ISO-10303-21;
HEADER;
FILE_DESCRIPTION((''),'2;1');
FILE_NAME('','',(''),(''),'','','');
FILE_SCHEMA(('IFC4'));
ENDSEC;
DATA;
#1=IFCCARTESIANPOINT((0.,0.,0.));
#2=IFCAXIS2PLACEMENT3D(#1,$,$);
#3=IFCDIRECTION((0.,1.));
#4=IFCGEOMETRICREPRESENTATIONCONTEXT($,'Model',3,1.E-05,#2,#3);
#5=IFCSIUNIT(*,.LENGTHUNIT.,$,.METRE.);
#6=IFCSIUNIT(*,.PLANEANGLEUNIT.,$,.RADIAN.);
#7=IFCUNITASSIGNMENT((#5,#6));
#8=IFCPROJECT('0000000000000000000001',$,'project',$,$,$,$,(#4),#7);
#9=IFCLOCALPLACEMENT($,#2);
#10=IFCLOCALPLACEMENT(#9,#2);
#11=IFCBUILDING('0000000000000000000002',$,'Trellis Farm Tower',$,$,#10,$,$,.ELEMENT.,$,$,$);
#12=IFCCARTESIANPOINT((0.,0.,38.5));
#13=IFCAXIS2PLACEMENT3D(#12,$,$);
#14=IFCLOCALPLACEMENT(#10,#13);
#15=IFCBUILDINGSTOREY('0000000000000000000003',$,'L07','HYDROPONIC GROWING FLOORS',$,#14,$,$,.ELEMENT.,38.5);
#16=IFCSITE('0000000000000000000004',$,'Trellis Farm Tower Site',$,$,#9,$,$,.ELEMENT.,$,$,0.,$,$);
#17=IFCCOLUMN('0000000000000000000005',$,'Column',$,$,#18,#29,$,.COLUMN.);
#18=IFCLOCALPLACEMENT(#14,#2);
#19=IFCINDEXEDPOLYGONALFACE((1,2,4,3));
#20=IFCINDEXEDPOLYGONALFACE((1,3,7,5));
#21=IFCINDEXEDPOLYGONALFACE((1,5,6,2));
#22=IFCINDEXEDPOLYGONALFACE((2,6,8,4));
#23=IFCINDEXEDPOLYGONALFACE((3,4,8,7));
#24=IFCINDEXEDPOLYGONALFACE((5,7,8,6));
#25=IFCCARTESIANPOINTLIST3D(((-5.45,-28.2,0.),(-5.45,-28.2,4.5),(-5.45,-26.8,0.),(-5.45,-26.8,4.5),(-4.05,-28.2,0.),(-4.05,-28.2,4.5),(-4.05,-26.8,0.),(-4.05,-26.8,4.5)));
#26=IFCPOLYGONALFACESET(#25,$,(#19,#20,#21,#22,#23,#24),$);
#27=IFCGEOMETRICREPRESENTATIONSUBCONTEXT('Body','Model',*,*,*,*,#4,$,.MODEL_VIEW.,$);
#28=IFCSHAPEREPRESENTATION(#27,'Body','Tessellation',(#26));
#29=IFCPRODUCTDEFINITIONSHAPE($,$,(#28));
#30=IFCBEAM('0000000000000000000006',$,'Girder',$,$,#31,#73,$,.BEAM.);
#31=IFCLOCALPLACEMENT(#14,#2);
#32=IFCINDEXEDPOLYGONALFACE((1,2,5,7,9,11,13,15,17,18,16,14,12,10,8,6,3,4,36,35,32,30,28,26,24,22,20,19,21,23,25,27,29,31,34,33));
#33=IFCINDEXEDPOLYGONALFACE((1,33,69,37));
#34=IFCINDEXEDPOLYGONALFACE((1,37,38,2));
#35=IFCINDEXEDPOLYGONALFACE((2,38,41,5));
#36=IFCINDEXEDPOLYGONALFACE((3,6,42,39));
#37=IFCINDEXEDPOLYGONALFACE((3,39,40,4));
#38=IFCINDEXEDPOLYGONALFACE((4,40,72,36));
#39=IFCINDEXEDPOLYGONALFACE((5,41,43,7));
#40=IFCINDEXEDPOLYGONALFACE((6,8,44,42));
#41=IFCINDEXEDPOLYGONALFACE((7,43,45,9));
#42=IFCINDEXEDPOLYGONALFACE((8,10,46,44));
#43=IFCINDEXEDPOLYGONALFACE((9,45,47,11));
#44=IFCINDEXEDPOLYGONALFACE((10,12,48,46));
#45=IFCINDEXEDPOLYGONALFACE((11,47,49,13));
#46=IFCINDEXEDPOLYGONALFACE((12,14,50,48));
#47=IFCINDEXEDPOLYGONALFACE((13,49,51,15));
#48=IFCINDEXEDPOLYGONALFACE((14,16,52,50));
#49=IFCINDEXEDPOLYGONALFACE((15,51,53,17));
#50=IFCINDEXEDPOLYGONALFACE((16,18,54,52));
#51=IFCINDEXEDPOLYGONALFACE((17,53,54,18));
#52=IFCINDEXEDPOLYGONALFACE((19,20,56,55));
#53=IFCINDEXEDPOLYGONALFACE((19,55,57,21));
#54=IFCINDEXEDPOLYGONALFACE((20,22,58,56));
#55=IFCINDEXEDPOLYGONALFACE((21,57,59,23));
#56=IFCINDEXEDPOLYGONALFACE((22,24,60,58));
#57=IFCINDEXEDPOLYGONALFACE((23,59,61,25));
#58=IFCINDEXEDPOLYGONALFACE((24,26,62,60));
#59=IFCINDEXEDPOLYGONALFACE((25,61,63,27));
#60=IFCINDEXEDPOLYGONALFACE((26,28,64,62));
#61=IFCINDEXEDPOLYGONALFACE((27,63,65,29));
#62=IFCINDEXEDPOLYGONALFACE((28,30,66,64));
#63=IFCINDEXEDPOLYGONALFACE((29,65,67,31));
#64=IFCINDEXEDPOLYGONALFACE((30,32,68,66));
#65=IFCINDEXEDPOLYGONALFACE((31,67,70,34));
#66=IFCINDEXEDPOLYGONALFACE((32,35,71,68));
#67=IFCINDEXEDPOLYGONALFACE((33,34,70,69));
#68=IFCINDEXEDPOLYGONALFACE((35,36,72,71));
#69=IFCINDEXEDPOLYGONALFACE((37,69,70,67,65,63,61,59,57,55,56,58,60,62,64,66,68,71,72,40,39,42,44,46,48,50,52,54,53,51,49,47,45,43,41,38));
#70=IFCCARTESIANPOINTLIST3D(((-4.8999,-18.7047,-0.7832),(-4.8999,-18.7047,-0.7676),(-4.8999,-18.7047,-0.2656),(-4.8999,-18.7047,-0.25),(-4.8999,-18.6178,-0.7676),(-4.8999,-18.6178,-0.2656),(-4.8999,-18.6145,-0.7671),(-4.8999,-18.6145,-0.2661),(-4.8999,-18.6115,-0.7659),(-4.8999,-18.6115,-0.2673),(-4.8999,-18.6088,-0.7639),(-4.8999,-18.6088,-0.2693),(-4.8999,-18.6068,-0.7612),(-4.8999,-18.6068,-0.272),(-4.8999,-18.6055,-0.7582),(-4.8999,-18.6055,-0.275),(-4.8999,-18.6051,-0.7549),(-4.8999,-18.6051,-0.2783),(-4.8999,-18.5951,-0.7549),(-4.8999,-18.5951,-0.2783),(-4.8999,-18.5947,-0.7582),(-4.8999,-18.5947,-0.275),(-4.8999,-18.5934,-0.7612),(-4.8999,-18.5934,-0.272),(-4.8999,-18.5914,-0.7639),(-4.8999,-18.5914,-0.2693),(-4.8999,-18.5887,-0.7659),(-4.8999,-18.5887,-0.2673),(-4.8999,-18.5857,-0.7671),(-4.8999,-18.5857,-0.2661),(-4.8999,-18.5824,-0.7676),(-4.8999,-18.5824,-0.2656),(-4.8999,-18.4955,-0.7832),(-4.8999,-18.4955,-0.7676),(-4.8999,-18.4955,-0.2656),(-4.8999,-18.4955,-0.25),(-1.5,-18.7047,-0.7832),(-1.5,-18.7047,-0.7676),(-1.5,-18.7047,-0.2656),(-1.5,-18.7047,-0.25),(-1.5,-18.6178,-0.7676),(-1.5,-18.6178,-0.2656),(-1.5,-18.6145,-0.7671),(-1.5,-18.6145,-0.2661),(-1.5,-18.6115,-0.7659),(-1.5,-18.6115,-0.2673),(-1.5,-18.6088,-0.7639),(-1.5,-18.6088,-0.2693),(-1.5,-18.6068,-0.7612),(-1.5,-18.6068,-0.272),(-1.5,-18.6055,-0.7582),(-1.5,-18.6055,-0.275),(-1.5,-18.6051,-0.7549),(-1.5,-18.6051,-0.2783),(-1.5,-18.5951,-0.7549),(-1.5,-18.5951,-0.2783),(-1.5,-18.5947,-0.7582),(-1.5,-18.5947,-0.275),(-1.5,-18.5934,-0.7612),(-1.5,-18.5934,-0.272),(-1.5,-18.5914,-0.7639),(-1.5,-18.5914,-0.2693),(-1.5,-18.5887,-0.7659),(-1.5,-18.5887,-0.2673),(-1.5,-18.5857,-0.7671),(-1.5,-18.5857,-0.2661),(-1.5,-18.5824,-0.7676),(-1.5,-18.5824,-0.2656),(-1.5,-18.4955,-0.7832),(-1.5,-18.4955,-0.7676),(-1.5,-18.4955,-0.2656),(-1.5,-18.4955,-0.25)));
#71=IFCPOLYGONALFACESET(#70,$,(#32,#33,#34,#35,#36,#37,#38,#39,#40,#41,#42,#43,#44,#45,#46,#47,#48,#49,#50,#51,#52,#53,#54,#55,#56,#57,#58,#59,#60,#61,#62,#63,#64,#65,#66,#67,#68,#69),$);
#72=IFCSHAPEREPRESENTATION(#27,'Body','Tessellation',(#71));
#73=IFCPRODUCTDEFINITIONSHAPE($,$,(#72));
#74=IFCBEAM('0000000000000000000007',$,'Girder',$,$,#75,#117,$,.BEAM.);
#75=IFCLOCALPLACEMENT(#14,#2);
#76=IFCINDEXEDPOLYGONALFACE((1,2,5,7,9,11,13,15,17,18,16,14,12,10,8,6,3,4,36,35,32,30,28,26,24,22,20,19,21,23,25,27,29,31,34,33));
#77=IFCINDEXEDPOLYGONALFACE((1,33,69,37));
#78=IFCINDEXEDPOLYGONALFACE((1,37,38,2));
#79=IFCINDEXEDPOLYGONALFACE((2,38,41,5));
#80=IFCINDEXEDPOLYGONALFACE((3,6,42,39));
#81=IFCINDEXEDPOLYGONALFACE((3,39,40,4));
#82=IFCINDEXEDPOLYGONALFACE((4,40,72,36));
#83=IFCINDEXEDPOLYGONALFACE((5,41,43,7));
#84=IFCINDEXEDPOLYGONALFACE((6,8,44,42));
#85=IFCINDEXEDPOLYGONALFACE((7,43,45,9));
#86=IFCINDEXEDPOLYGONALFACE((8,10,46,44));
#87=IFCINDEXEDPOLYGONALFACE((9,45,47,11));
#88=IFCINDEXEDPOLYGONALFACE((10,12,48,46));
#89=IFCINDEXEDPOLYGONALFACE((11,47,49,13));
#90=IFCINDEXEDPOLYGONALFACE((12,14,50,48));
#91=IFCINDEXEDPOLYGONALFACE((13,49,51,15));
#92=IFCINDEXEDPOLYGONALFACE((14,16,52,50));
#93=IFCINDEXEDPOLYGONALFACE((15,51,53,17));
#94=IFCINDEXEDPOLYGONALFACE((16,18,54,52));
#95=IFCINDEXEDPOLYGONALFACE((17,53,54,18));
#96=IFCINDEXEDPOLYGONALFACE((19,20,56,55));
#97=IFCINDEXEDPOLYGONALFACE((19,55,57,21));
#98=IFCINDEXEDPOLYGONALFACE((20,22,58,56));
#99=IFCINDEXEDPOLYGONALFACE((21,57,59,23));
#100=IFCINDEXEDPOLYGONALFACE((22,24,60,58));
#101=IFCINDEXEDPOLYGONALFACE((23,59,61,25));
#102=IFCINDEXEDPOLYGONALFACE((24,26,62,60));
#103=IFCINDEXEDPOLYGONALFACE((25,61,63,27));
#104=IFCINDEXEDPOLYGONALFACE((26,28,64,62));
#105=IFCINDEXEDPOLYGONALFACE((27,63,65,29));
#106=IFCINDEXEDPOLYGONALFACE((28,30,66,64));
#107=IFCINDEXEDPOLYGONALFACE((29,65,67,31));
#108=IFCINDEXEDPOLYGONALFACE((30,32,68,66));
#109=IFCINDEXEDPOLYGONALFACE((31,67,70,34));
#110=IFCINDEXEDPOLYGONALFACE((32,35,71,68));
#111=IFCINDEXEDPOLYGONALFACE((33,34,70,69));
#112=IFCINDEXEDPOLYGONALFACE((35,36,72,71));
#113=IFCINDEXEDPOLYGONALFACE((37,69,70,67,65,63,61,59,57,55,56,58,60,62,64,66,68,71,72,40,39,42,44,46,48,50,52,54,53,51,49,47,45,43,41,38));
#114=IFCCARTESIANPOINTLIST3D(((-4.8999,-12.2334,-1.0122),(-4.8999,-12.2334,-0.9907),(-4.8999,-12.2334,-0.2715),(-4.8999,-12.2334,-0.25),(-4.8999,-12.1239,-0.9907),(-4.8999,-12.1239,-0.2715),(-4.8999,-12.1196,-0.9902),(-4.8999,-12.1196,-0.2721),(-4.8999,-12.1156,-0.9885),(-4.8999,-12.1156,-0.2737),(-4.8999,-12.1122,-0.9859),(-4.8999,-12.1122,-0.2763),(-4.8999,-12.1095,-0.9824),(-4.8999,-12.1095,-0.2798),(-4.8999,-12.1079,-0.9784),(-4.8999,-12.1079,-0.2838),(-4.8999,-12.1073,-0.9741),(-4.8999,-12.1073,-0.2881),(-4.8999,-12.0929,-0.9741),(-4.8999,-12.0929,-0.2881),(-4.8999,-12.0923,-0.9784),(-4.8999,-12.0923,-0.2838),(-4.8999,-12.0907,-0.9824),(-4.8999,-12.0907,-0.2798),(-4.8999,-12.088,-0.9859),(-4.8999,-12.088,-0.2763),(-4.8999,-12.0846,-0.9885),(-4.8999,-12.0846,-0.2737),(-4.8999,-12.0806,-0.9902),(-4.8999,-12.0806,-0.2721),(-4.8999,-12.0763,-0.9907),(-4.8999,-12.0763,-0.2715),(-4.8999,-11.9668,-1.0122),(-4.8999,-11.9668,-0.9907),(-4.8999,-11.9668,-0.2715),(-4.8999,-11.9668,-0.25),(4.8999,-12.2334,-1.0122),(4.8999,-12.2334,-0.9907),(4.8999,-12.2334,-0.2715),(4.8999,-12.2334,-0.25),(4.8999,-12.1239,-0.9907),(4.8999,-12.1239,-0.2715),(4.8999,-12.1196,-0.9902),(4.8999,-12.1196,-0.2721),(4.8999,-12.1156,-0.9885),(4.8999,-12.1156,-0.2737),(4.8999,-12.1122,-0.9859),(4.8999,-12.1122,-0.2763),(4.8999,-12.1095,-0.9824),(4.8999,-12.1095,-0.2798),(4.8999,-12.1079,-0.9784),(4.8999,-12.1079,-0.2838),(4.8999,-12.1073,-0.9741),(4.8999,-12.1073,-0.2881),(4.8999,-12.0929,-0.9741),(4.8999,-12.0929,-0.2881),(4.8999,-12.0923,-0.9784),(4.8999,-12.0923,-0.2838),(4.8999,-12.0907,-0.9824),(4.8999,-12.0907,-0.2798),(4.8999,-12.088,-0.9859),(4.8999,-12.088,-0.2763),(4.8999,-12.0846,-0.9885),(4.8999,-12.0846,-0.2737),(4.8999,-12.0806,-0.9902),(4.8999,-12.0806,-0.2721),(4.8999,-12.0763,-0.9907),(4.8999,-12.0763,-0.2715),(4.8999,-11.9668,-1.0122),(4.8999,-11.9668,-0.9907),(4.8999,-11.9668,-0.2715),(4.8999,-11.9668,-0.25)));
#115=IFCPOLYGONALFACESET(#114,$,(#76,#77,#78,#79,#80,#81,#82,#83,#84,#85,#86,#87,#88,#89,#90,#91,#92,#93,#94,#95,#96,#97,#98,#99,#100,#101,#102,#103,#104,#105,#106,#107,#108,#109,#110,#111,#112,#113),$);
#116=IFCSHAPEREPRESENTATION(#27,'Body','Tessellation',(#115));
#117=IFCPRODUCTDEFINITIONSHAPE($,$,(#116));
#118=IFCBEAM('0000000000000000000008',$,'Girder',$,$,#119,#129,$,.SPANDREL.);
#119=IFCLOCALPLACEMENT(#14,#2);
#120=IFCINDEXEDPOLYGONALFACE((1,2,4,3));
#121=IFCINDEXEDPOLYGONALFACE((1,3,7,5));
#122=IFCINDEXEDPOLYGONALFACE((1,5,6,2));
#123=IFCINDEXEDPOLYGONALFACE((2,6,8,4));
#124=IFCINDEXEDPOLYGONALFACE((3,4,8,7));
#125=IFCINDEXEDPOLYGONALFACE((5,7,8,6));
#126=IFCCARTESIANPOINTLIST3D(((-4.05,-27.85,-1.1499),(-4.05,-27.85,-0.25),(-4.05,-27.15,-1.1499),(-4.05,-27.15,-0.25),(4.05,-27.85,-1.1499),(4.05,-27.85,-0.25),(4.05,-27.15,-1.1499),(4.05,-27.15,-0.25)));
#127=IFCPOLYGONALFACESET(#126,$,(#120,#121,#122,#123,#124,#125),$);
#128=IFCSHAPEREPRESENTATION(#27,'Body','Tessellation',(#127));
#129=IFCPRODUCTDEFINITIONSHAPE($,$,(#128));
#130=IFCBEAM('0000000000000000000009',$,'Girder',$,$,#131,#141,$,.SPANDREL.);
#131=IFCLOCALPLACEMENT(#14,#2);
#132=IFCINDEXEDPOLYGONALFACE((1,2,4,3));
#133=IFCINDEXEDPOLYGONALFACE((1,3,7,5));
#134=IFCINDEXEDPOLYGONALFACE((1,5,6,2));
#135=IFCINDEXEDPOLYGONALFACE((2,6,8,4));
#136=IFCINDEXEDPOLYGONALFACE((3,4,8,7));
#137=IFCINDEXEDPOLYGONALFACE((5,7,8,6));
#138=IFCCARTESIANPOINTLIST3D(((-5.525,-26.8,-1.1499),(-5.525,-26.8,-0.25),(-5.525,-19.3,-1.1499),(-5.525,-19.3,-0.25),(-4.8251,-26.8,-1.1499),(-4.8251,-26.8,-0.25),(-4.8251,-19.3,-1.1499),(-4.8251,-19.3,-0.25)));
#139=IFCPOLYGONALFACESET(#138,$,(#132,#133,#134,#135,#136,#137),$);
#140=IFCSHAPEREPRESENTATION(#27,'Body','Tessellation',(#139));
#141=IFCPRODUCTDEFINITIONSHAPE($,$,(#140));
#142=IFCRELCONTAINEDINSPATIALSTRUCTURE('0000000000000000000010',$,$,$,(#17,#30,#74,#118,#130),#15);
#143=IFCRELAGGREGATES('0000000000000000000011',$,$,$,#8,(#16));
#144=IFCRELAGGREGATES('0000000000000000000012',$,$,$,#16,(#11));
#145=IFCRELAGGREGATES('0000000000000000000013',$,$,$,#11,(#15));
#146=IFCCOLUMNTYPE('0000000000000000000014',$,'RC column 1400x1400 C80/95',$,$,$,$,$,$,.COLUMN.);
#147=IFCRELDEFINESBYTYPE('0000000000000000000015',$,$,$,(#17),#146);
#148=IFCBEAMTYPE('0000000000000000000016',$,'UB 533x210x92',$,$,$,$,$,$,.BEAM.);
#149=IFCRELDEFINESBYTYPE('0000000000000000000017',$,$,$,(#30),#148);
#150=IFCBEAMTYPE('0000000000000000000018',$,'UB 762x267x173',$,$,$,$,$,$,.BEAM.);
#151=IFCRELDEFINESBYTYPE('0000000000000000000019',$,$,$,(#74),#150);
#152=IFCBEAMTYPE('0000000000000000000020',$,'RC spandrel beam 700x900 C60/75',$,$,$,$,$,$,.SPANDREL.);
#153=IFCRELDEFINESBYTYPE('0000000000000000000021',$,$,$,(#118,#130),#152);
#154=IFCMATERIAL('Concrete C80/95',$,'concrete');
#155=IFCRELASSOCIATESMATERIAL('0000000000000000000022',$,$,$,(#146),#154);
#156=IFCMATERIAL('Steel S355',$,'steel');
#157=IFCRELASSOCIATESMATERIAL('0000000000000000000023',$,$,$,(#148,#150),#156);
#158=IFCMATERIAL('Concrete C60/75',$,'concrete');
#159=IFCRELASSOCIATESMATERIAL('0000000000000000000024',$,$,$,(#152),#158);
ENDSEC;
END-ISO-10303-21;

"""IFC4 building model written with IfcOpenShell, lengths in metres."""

from ifc_helpers import new_model, si_unit, direction, frame, origin, origin_2d, place, context, subcontext, project, spatial, rectangle, i_section, extrude, source, transform, mapped, material, material_profile, profile_set, type_object, element, save


model = new_model("IFC4")

# Units and contexts
model_context = context("Model", 3, precision=1e-05, world=origin(), true_north=direction((0.0, 1.0)))
body_context = subcontext(model_context, "Body", "Model", "MODEL_VIEW")
ifc_project = project(units=[si_unit("LENGTHUNIT", "METRE"), si_unit("PLANEANGLEUNIT", "RADIAN")], contexts=[model_context])

# Site, building, storey
site_placement = place(None, origin())
site = spatial("IfcSite", under=ifc_project, at=site_placement, Name="Trellis Farm Tower Site", CompositionType="ELEMENT", RefElevation=0.0)
building_placement = place(site_placement, origin())
building = spatial("IfcBuilding", under=site, at=building_placement, Name="Trellis Farm Tower", CompositionType="ELEMENT")
storey_placement = place(building_placement, frame((0.0, 0.0, 38.5)))
storey = spatial("IfcBuildingStorey", under=building, at=storey_placement, Name="L07", Description="HYDROPONIC GROWING FLOORS", CompositionType="ELEMENT", Elevation=38.5)

# Column
ifc_material_1 = material(Name="Concrete C80/95", Category="concrete")
ifc_material_profile_1 = material_profile(ifc_material_1, rectangle(XDim=1.3999, YDim=1.3999, at=origin_2d()), Name="RC column 1400x1400 C80/95")
ifc_profile_set_1 = profile_set([ifc_material_profile_1], Name="Concrete C80/95")
column_type = type_object("IfcColumnType", Name="RC column 1400x1400 C80/95", PredefinedType="COLUMN", material=ifc_profile_set_1)
shared_shape_1 = source(origin(), body_context, "Body", "SweptSolid", [
    extrude(rectangle(XDim=1.3999, YDim=1.3999, at=origin_2d()), origin(), (0.0, 0.0, 1.0), 4.5),
])
column_placement = place(storey_placement, frame((-4.75, -27.5, 0.0), z_axis=(0.0, 0.0, 1.0), x_axis=(1.0, 0.0, 0.0)))
element("IfcColumn", 1, at=column_placement, inside=storey, type_object=column_type, Name="Column", PredefinedType="COLUMN", context=body_context, shape_type="MappedRepresentation", body=[
    mapped(shared_shape_1, transform((0.0, 0.0, 0.0))),
])

# Beams
ifc_material_2 = material(Name="Steel S355", Category="steel")
ifc_material_profile_2 = material_profile(ifc_material_2, i_section(OverallWidth=0.2092, OverallDepth=0.5332, WebThickness=0.01, FlangeThickness=0.0156, FilletRadius=0.0127, at=origin_2d()), Name="UB 533x210x92")
ifc_profile_set_2 = profile_set([ifc_material_profile_2], Name="Steel S355")
beam_type_1 = type_object("IfcBeamType", Name="UB 533x210x92", PredefinedType="BEAM", material=ifc_profile_set_2)
shared_shape_2 = source(origin(), body_context, "Body", "SweptSolid", [
    extrude(i_section(OverallWidth=0.2092, OverallDepth=0.5332, WebThickness=0.01, FlangeThickness=0.0156, FilletRadius=0.0127, at=origin_2d()), origin(), (0.0, 0.0, 1.0), 3.3999),
])
beam_1_placement = place(storey_placement, frame((-4.8999, -18.6001, -0.5166), z_axis=(1.0, 0.0, 0.0), x_axis=(0.0, 1.0, 0.0)))
element("IfcBeam", 2, at=beam_1_placement, inside=storey, type_object=beam_type_1, Name="Girder", PredefinedType="BEAM", context=body_context, shape_type="MappedRepresentation", body=[
    mapped(shared_shape_2, transform((0.0, 0.0, 0.0))),
])
ifc_material_profile_3 = material_profile(ifc_material_2, i_section(OverallWidth=0.2666, OverallDepth=0.7622, WebThickness=0.0144, FlangeThickness=0.0215, FilletRadius=0.0166, at=origin_2d()), Name="UB 762x267x173")
ifc_profile_set_3 = profile_set([ifc_material_profile_3], Name="Steel S355")
beam_type_2 = type_object("IfcBeamType", Name="UB 762x267x173", PredefinedType="BEAM", material=ifc_profile_set_3)
shared_shape_3 = source(origin(), body_context, "Body", "SweptSolid", [
    extrude(i_section(OverallWidth=0.2666, OverallDepth=0.7622, WebThickness=0.0144, FlangeThickness=0.0215, FilletRadius=0.0166, at=origin_2d()), origin(), (0.0, 0.0, 1.0), 9.7998),
])
beam_2_placement = place(storey_placement, frame((-4.8999, -12.1001, -0.6311), z_axis=(1.0, 0.0, 0.0), x_axis=(0.0, 1.0, 0.0)))
element("IfcBeam", 3, at=beam_2_placement, inside=storey, type_object=beam_type_2, Name="Girder", PredefinedType="BEAM", context=body_context, shape_type="MappedRepresentation", body=[
    mapped(shared_shape_3, transform((0.0, 0.0, 0.0))),
])
ifc_material_3 = material(Name="Concrete C60/75", Category="concrete")
ifc_material_profile_4 = material_profile(ifc_material_3, rectangle(XDim=0.7, YDim=0.8999, at=origin_2d()), Name="RC spandrel beam 700x900 C60/75")
ifc_profile_set_4 = profile_set([ifc_material_profile_4], Name="Concrete C60/75")
beam_type_3 = type_object("IfcBeamType", Name="RC spandrel beam 700x900 C60/75", PredefinedType="SPANDREL", material=ifc_profile_set_4)
shared_shape_4 = source(origin(), body_context, "Body", "SweptSolid", [
    extrude(rectangle(XDim=0.7, YDim=0.8999, at=origin_2d()), origin(), (0.0, 0.0, 1.0), 8.1001),
])
beam_3_placement = place(storey_placement, frame((-4.05, -27.5, -0.7), z_axis=(1.0, 0.0, 0.0), x_axis=(0.0, 1.0, 0.0)))
element("IfcBeam", 4, at=beam_3_placement, inside=storey, type_object=beam_type_3, Name="Girder", PredefinedType="SPANDREL", context=body_context, shape_type="MappedRepresentation", body=[
    mapped(shared_shape_4, transform((0.0, 0.0, 0.0))),
])
shared_shape_5 = source(origin(), body_context, "Body", "SweptSolid", [
    extrude(rectangle(XDim=0.7, YDim=0.8999, at=origin_2d()), origin(), (0.0, 0.0, 1.0), 7.5),
])
beam_4_placement = place(storey_placement, frame((-5.175, -26.8, -0.7), z_axis=(0.0, 1.0, 0.0), x_axis=(-1.0, 0.0, 0.0)))
element("IfcBeam", 5, at=beam_4_placement, inside=storey, type_object=beam_type_3, Name="Girder", PredefinedType="SPANDREL", context=body_context, shape_type="MappedRepresentation", body=[
    mapped(shared_shape_5, transform((0.0, 0.0, 0.0))),
])

save(model, "model.ifc")
